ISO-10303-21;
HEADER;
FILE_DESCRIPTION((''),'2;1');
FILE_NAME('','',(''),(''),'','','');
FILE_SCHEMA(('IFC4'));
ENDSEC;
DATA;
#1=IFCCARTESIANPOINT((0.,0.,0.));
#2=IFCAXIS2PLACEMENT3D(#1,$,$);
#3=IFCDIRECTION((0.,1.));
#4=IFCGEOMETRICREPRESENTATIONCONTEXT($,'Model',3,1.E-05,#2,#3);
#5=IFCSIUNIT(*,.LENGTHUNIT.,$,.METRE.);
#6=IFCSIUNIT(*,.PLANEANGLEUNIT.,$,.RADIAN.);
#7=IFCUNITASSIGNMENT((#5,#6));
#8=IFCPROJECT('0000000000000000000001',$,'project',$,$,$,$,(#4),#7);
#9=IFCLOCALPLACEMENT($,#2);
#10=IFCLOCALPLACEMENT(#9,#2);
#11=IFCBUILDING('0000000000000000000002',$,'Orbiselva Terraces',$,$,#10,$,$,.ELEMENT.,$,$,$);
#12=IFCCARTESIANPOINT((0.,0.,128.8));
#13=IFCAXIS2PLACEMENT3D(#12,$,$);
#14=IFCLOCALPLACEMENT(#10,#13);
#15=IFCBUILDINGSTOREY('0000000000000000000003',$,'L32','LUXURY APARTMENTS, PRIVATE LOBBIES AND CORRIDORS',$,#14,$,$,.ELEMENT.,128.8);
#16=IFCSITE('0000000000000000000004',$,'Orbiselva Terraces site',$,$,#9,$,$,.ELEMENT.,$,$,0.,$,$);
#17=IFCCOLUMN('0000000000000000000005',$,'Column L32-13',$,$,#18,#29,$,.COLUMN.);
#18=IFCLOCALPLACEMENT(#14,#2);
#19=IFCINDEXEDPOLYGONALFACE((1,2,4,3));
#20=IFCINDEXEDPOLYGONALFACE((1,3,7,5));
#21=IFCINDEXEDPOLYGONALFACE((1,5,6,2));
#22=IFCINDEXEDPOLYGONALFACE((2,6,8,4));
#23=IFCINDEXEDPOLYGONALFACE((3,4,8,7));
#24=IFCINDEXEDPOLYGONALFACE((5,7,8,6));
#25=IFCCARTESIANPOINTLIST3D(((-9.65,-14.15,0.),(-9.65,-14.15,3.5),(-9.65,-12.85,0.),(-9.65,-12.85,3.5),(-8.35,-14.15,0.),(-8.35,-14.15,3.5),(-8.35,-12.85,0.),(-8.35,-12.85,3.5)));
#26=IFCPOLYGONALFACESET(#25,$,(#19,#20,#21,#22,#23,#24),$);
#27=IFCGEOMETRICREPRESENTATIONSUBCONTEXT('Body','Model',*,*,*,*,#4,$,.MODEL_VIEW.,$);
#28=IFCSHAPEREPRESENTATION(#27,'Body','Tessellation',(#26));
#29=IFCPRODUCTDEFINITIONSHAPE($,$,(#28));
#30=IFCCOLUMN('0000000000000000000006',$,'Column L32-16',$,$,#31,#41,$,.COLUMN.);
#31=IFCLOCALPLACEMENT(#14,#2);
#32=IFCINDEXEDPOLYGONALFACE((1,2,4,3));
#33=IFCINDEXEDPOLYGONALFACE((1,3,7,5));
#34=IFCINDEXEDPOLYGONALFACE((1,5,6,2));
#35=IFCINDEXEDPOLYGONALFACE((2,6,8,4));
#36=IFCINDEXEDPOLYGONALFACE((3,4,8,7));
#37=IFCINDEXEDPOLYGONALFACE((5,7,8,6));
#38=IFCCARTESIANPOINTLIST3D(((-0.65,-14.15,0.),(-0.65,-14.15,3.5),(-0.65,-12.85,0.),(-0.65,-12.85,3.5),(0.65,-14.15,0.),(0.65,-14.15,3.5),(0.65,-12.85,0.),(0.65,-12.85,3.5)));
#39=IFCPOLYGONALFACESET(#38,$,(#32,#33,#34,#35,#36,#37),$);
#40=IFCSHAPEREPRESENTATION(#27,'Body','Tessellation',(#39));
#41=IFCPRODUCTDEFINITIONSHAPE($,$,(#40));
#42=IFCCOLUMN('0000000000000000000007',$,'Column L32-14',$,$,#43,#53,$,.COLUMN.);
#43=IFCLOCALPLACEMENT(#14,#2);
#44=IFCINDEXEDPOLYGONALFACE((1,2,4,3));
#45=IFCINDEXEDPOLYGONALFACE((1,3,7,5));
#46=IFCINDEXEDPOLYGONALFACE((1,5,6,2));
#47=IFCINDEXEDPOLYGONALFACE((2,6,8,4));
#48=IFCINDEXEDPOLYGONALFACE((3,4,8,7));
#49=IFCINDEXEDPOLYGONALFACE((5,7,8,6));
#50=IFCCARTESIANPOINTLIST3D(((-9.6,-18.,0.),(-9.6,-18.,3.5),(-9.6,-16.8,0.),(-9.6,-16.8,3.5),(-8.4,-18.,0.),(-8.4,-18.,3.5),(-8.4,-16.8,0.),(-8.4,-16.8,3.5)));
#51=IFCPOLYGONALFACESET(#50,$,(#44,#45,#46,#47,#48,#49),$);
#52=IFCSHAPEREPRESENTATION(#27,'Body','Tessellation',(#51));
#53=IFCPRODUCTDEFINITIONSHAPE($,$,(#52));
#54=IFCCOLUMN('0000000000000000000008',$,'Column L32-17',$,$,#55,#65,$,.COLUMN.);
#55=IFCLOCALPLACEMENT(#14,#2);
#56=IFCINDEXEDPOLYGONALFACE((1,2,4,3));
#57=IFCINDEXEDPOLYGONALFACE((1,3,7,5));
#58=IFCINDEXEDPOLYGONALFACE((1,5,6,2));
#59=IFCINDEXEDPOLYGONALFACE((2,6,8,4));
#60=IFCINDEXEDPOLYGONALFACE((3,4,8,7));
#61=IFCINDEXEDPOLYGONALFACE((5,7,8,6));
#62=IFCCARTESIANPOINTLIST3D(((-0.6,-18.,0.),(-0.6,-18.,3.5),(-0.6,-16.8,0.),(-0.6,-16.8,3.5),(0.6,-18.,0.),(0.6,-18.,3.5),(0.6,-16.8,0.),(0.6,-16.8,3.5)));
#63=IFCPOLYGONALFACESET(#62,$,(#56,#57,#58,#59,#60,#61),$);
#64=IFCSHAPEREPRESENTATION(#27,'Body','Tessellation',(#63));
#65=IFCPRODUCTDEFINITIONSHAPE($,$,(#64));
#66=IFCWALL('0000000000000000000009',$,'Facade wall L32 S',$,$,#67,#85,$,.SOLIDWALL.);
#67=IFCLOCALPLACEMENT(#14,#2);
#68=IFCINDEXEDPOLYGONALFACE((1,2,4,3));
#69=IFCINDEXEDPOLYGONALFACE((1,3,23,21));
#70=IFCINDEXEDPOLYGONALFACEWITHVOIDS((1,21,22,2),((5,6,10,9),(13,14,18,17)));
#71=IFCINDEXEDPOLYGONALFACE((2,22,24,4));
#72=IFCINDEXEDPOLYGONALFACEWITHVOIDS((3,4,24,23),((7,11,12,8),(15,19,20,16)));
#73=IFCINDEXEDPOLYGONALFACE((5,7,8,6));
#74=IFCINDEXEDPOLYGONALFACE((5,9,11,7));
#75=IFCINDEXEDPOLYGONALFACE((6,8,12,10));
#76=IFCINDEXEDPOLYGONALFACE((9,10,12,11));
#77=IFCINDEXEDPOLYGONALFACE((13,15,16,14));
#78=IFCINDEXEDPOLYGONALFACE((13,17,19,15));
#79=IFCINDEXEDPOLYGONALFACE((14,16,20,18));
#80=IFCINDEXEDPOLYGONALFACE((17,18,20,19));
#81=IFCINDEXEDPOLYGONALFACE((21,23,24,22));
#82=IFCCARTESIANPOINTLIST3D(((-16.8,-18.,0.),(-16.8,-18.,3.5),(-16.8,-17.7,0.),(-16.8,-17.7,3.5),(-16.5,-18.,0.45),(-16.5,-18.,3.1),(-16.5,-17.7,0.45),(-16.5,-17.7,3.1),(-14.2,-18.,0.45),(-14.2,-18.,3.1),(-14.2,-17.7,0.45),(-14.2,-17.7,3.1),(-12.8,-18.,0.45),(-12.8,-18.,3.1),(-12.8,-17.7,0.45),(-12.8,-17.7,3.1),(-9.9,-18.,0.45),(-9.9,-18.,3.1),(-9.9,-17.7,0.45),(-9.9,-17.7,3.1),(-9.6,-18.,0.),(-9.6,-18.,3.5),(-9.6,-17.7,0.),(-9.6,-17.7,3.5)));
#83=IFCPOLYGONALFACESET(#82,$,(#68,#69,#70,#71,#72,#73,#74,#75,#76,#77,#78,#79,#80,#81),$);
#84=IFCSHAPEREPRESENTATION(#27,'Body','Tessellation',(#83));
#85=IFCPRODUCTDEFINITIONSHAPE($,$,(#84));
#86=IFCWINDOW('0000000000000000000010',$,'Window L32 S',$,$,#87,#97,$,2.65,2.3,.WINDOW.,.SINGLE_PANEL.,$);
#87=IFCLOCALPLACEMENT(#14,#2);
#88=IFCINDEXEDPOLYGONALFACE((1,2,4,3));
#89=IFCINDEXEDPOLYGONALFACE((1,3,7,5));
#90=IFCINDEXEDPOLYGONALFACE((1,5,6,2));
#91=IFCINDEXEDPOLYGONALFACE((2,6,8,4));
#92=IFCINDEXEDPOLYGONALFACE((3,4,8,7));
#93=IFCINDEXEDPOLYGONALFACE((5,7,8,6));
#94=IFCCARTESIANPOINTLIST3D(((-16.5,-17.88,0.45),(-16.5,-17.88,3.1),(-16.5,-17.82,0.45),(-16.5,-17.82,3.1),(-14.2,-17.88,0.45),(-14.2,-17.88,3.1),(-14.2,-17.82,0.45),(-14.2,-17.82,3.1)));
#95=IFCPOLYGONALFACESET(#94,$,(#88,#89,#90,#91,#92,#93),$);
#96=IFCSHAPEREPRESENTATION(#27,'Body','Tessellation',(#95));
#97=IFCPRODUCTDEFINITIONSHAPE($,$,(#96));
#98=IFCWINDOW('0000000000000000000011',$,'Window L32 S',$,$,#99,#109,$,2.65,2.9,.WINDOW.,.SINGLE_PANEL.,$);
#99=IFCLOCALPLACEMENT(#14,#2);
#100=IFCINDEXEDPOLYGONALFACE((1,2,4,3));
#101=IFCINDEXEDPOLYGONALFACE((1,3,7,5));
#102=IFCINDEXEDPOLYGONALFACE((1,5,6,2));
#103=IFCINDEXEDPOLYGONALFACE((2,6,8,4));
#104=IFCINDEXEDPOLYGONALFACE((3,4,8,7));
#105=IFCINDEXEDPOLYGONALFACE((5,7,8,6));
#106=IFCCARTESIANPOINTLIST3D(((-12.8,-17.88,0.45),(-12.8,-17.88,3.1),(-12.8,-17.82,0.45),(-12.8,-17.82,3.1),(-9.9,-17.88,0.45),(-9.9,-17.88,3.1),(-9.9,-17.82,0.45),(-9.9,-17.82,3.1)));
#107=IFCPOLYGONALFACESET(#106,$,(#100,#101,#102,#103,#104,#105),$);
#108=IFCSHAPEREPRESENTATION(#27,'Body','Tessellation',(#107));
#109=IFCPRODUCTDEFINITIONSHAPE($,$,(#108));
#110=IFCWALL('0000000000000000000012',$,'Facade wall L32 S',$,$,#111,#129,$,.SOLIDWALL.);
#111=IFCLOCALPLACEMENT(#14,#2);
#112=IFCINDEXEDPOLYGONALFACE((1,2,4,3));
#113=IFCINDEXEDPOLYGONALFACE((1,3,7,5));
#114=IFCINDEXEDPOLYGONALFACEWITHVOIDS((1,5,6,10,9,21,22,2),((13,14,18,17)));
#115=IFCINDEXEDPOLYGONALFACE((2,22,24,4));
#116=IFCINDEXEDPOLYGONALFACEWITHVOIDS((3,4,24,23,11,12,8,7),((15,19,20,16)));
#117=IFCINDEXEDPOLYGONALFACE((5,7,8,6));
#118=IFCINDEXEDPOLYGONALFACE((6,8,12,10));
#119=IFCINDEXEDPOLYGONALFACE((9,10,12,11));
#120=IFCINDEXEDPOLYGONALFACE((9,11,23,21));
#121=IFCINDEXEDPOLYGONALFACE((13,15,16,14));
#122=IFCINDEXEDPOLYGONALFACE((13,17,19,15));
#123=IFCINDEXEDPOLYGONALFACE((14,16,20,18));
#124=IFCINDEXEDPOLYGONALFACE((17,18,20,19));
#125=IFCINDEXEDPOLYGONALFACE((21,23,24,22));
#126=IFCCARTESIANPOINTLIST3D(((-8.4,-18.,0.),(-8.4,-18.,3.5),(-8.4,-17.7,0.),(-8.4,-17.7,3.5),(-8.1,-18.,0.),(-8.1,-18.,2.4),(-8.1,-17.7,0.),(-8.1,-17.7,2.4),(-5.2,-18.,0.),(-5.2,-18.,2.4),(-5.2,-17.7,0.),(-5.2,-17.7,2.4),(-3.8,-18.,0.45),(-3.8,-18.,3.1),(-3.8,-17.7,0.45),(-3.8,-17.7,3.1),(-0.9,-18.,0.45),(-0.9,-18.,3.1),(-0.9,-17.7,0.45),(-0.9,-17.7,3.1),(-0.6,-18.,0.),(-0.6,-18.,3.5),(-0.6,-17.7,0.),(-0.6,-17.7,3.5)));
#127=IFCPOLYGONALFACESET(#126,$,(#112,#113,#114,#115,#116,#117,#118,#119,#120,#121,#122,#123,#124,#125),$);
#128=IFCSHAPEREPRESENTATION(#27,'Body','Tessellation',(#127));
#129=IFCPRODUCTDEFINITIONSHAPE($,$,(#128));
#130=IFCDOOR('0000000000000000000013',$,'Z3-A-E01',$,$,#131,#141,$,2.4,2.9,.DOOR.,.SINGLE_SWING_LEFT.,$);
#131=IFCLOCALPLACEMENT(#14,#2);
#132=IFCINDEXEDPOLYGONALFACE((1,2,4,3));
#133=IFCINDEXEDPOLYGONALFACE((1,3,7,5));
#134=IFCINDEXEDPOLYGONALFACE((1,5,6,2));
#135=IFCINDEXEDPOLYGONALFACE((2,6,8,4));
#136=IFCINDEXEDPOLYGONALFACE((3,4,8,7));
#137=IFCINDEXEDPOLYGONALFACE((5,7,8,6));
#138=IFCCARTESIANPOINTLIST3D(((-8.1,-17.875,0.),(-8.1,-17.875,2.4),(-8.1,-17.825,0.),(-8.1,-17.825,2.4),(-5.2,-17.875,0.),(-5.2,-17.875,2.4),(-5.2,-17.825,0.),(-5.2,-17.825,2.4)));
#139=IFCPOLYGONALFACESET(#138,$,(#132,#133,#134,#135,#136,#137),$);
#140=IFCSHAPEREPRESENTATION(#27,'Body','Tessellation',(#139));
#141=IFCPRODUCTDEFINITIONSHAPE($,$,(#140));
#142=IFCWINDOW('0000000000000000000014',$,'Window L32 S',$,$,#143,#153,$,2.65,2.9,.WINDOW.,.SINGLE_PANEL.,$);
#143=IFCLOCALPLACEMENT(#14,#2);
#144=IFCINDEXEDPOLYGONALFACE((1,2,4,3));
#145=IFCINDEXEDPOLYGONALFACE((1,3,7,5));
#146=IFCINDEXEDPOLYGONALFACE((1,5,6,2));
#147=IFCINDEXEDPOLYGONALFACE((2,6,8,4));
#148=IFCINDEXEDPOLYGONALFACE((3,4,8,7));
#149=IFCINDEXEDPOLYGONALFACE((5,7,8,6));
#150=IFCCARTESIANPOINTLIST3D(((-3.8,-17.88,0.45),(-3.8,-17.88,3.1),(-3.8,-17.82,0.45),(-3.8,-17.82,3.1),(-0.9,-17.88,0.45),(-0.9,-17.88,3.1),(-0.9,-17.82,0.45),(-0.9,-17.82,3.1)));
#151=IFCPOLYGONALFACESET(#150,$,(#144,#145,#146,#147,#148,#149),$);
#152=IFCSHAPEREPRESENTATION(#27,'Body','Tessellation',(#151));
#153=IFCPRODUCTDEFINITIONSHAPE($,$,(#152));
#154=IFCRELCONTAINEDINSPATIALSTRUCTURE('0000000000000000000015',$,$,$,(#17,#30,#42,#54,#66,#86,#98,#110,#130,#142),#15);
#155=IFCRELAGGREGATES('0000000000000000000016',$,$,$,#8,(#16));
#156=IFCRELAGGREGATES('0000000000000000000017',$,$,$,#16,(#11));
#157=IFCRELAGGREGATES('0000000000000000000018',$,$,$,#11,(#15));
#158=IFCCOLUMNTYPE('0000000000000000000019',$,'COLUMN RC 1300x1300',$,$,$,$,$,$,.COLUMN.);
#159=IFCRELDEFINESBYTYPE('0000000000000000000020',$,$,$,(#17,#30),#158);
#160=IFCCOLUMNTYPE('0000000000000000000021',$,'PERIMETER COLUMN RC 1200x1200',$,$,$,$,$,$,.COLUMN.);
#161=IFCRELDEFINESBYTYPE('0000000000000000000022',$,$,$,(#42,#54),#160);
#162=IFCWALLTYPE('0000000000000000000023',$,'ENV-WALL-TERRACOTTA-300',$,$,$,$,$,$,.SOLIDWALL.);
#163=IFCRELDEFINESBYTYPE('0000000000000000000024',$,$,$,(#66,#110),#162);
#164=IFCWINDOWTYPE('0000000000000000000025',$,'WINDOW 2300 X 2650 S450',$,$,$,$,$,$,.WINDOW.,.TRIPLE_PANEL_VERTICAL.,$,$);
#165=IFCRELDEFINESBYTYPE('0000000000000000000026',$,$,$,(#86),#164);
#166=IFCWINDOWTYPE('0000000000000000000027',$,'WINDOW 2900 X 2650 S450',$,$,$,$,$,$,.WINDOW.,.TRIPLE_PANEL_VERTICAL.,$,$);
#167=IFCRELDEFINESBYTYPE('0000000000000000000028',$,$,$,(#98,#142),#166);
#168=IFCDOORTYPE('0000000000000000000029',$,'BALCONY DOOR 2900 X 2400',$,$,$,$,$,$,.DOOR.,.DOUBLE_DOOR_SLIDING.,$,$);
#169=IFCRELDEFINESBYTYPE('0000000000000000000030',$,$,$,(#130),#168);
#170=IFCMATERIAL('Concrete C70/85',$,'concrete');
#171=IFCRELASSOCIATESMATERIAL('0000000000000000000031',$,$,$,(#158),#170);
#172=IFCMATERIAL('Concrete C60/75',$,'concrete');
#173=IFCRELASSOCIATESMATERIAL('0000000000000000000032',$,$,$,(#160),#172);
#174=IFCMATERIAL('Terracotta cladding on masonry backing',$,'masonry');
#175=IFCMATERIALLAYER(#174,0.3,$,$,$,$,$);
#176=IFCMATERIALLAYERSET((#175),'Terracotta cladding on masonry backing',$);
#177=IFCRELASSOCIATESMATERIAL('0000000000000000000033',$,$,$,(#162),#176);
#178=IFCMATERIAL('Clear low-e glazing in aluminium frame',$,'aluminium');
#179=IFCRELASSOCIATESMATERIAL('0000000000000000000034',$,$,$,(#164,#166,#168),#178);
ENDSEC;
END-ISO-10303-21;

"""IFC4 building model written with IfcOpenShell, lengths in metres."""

from ifc_helpers import new_model, si_unit, direction, frame, frame_2d, origin, origin_2d, place, context, subcontext, project, spatial, rectangle, extrude, material, layer, layer_set, material_profile, profile_set, type_object, element, fill, save


model = new_model("IFC4")

# Units and contexts
model_context = context("Model", 3, precision=1e-05, world=origin(), true_north=direction((0.0, 1.0)))
body_context = subcontext(model_context, "Body", "Model", "MODEL_VIEW")
ifc_project = project(units=[si_unit("LENGTHUNIT", "METRE"), si_unit("PLANEANGLEUNIT", "RADIAN")], contexts=[model_context])

# Site, building, storey
site_placement = place(None, origin())
site = spatial("IfcSite", under=ifc_project, at=site_placement, Name="Orbiselva Terraces site", CompositionType="ELEMENT", RefElevation=0.0)
building_placement = place(site_placement, origin())
building = spatial("IfcBuilding", under=site, at=building_placement, Name="Orbiselva Terraces", CompositionType="ELEMENT")
storey_placement = place(building_placement, frame((0.0, 0.0, 128.8)))
storey = spatial("IfcBuildingStorey", under=building, at=storey_placement, Name="L32", Description="LUXURY APARTMENTS, PRIVATE LOBBIES AND CORRIDORS", CompositionType="ELEMENT", Elevation=128.8)

# Columns
ifc_material_1 = material(Name="Concrete C70/85", Category="concrete")
ifc_material_profile_1 = material_profile(ifc_material_1, rectangle(XDim=1.3, YDim=1.3, at=origin_2d()), Name="RC 1300x1300")
ifc_profile_set_1 = profile_set([ifc_material_profile_1], Name="Concrete C70/85")
column_type_1 = type_object("IfcColumnType", Name="COLUMN RC 1300x1300", PredefinedType="COLUMN", material=ifc_profile_set_1)
for number, where, z_axis, x_axis, name in (
    (1, (-9.0, -13.5, 0.0), (0.0, 0.0, 1.0), (1.0, 0.0, 0.0), "Column L32-13"),
    (2, (0.0, -13.5, 0.0), (0.0, 0.0, 1.0), (1.0, 0.0, 0.0), "Column L32-16"),
):
    element("IfcColumn", number, at=place(storey_placement, frame(where, z_axis=z_axis, x_axis=x_axis)), inside=storey, type_object=column_type_1, Name=name, PredefinedType="COLUMN", context=body_context, shape_type="SweptSolid", body=[
        extrude(rectangle(XDim=1.3, YDim=1.3, at=origin_2d()), origin(), (0.0, 0.0, 1.0), 3.5),
    ])
ifc_material_2 = material(Name="Concrete C60/75", Category="concrete")
ifc_material_profile_2 = material_profile(ifc_material_2, rectangle(XDim=1.2, YDim=1.2, at=origin_2d()), Name="RC 1200x1200")
ifc_profile_set_2 = profile_set([ifc_material_profile_2], Name="Concrete C60/75")
column_type_2 = type_object("IfcColumnType", Name="PERIMETER COLUMN RC 1200x1200", PredefinedType="COLUMN", material=ifc_profile_set_2)
for number, where, z_axis, x_axis, name in (
    (3, (-9.0, -17.4, 0.0), (0.0, 0.0, 1.0), (1.0, 0.0, 0.0), "Column L32-14"),
    (4, (0.0, -17.4, 0.0), (0.0, 0.0, 1.0), (1.0, 0.0, 0.0), "Column L32-17"),
):
    element("IfcColumn", number, at=place(storey_placement, frame(where, z_axis=z_axis, x_axis=x_axis)), inside=storey, type_object=column_type_2, Name=name, PredefinedType="COLUMN", context=body_context, shape_type="SweptSolid", body=[
        extrude(rectangle(XDim=1.2, YDim=1.2, at=origin_2d()), origin(), (0.0, 0.0, 1.0), 3.5),
    ])

# Wall, openings, windows
ifc_material_3 = material(Name="Terracotta cladding on masonry backing", Category="masonry")
ifc_layer_1 = layer(ifc_material_3, 0.3)
ifc_layer_set_1 = layer_set([ifc_layer_1], Name="Terracotta cladding on masonry backing")
wall_type_1 = type_object("IfcWallType", Name="ENV-WALL-TERRACOTTA-300", PredefinedType="SOLIDWALL", material=ifc_layer_set_1)
wall_1_placement = place(storey_placement, frame((-9.6, -17.85, 0.0), z_axis=(0.0, 0.0, 1.0), x_axis=(-1.0, 0.0, 0.0)))
wall_1 = element("IfcWall", 5, at=wall_1_placement, inside=storey, type_object=wall_type_1, Name="Facade wall L32 S", PredefinedType="SOLIDWALL", context=body_context, shape_type="SweptSolid", body=[
    extrude(rectangle(XDim=7.2, YDim=0.3, at=frame_2d((3.6, 0.0))), origin(), (0.0, 0.0, 1.0), 3.5),
])
opening_1_placement = place(wall_1_placement, frame((4.6, 0.0, 0.45)))
opening_1 = element("IfcOpeningElement", 6, at=opening_1_placement, cuts=wall_1, PredefinedType="OPENING", context=body_context, shape_type="SweptSolid", body=[
    extrude(rectangle(XDim=2.3, YDim=2.65, at=frame_2d((1.15, 1.325))), frame((0.0, 0.16, 0.0), z_axis=(0.0, -1.0, 0.0), x_axis=(1.0, 0.0, 0.0)), (0.0, 0.0, 1.0), 0.32),
])
opening_2_placement = place(wall_1_placement, frame((0.3, 0.0, 0.45)))
opening_2 = element("IfcOpeningElement", 7, at=opening_2_placement, cuts=wall_1, PredefinedType="OPENING", context=body_context, shape_type="SweptSolid", body=[
    extrude(rectangle(XDim=2.9, YDim=2.65, at=frame_2d((1.45, 1.325))), frame((0.0, 0.16, 0.0), z_axis=(0.0, -1.0, 0.0), x_axis=(1.0, 0.0, 0.0)), (0.0, 0.0, 1.0), 0.32),
])
ifc_material_4 = material(Name="Clear low-e glazing in aluminium frame", Category="aluminium")
window_type_1 = type_object("IfcWindowType", Name="WINDOW 2300 X 2650 S450", PartitioningType="TRIPLE_PANEL_VERTICAL", PredefinedType="WINDOW", material=ifc_material_4)
window_1_placement = place(opening_1_placement, origin())
window_1 = element("IfcWindow", 8, at=window_1_placement, inside=storey, type_object=window_type_1, Name="Window L32 S", OverallHeight=2.65, OverallWidth=2.3, PartitioningType="SINGLE_PANEL", PredefinedType="WINDOW", context=body_context, shape_type="SweptSolid", body=[
    extrude(rectangle(XDim=2.3, YDim=2.65, at=frame_2d((1.15, 1.325))), frame((0.0, 0.03, 0.0), z_axis=(0.0, -1.0, 0.0), x_axis=(1.0, 0.0, 0.0)), (0.0, 0.0, 1.0), 0.06),
])
fill(opening_1, window_1)
window_type_2 = type_object("IfcWindowType", Name="WINDOW 2900 X 2650 S450", PartitioningType="TRIPLE_PANEL_VERTICAL", PredefinedType="WINDOW", material=ifc_material_4)
window_2_placement = place(opening_2_placement, origin())
window_2 = element("IfcWindow", 9, at=window_2_placement, inside=storey, type_object=window_type_2, Name="Window L32 S", OverallHeight=2.65, OverallWidth=2.9, PartitioningType="SINGLE_PANEL", PredefinedType="WINDOW", context=body_context, shape_type="SweptSolid", body=[
    extrude(rectangle(XDim=2.9, YDim=2.65, at=frame_2d((1.45, 1.325))), frame((0.0, 0.03, 0.0), z_axis=(0.0, -1.0, 0.0), x_axis=(1.0, 0.0, 0.0)), (0.0, 0.0, 1.0), 0.06),
])
fill(opening_2, window_2)

# Wall, openings, door, window
wall_2_placement = place(storey_placement, frame((-0.6, -17.85, 0.0), z_axis=(0.0, 0.0, 1.0), x_axis=(-1.0, 0.0, 0.0)))
wall_2 = element("IfcWall", 10, at=wall_2_placement, inside=storey, type_object=wall_type_1, Name="Facade wall L32 S", PredefinedType="SOLIDWALL", context=body_context, shape_type="SweptSolid", body=[
    extrude(rectangle(XDim=7.8, YDim=0.3, at=frame_2d((3.9, 0.0))), origin(), (0.0, 0.0, 1.0), 3.5),
])
opening_3_placement = place(wall_2_placement, frame((4.6, 0.0, 0.0)))
opening_3 = element("IfcOpeningElement", 11, at=opening_3_placement, cuts=wall_2, PredefinedType="OPENING", context=body_context, shape_type="SweptSolid", body=[
    extrude(rectangle(XDim=2.9, YDim=2.4, at=frame_2d((1.45, 1.2))), frame((0.0, 0.16, 0.0), z_axis=(0.0, -1.0, 0.0), x_axis=(1.0, 0.0, 0.0)), (0.0, 0.0, 1.0), 0.32),
])
opening_4_placement = place(wall_2_placement, frame((0.3, 0.0, 0.45)))
opening_4 = element("IfcOpeningElement", 12, at=opening_4_placement, cuts=wall_2, PredefinedType="OPENING", context=body_context, shape_type="SweptSolid", body=[
    extrude(rectangle(XDim=2.9, YDim=2.65, at=frame_2d((1.45, 1.325))), frame((0.0, 0.16, 0.0), z_axis=(0.0, -1.0, 0.0), x_axis=(1.0, 0.0, 0.0)), (0.0, 0.0, 1.0), 0.32),
])
door_type_1 = type_object("IfcDoorType", Name="BALCONY DOOR 2900 X 2400", OperationType="DOUBLE_DOOR_SLIDING", PredefinedType="DOOR", material=ifc_material_4)
door_1_placement = place(opening_3_placement, origin())
door_1 = element("IfcDoor", 13, at=door_1_placement, inside=storey, type_object=door_type_1, Name="Z3-A-E01", OperationType="SINGLE_SWING_LEFT", OverallHeight=2.4, OverallWidth=2.9, PredefinedType="DOOR", context=body_context, shape_type="SweptSolid", body=[
    extrude(rectangle(XDim=2.9, YDim=2.4, at=frame_2d((1.45, 1.2))), frame((0.0, 0.025, 0.0), z_axis=(0.0, -1.0, 0.0), x_axis=(1.0, 0.0, 0.0)), (0.0, 0.0, 1.0), 0.05),
])
fill(opening_3, door_1)
window_3_placement = place(opening_4_placement, origin())
window_3 = element("IfcWindow", 14, at=window_3_placement, inside=storey, type_object=window_type_2, Name="Window L32 S", OverallHeight=2.65, OverallWidth=2.9, PartitioningType="SINGLE_PANEL", PredefinedType="WINDOW", context=body_context, shape_type="SweptSolid", body=[
    extrude(rectangle(XDim=2.9, YDim=2.65, at=frame_2d((1.45, 1.325))), frame((0.0, 0.03, 0.0), z_axis=(0.0, -1.0, 0.0), x_axis=(1.0, 0.0, 0.0)), (0.0, 0.0, 1.0), 0.06),
])
fill(opening_4, window_3)

save(model, "model.ifc")
